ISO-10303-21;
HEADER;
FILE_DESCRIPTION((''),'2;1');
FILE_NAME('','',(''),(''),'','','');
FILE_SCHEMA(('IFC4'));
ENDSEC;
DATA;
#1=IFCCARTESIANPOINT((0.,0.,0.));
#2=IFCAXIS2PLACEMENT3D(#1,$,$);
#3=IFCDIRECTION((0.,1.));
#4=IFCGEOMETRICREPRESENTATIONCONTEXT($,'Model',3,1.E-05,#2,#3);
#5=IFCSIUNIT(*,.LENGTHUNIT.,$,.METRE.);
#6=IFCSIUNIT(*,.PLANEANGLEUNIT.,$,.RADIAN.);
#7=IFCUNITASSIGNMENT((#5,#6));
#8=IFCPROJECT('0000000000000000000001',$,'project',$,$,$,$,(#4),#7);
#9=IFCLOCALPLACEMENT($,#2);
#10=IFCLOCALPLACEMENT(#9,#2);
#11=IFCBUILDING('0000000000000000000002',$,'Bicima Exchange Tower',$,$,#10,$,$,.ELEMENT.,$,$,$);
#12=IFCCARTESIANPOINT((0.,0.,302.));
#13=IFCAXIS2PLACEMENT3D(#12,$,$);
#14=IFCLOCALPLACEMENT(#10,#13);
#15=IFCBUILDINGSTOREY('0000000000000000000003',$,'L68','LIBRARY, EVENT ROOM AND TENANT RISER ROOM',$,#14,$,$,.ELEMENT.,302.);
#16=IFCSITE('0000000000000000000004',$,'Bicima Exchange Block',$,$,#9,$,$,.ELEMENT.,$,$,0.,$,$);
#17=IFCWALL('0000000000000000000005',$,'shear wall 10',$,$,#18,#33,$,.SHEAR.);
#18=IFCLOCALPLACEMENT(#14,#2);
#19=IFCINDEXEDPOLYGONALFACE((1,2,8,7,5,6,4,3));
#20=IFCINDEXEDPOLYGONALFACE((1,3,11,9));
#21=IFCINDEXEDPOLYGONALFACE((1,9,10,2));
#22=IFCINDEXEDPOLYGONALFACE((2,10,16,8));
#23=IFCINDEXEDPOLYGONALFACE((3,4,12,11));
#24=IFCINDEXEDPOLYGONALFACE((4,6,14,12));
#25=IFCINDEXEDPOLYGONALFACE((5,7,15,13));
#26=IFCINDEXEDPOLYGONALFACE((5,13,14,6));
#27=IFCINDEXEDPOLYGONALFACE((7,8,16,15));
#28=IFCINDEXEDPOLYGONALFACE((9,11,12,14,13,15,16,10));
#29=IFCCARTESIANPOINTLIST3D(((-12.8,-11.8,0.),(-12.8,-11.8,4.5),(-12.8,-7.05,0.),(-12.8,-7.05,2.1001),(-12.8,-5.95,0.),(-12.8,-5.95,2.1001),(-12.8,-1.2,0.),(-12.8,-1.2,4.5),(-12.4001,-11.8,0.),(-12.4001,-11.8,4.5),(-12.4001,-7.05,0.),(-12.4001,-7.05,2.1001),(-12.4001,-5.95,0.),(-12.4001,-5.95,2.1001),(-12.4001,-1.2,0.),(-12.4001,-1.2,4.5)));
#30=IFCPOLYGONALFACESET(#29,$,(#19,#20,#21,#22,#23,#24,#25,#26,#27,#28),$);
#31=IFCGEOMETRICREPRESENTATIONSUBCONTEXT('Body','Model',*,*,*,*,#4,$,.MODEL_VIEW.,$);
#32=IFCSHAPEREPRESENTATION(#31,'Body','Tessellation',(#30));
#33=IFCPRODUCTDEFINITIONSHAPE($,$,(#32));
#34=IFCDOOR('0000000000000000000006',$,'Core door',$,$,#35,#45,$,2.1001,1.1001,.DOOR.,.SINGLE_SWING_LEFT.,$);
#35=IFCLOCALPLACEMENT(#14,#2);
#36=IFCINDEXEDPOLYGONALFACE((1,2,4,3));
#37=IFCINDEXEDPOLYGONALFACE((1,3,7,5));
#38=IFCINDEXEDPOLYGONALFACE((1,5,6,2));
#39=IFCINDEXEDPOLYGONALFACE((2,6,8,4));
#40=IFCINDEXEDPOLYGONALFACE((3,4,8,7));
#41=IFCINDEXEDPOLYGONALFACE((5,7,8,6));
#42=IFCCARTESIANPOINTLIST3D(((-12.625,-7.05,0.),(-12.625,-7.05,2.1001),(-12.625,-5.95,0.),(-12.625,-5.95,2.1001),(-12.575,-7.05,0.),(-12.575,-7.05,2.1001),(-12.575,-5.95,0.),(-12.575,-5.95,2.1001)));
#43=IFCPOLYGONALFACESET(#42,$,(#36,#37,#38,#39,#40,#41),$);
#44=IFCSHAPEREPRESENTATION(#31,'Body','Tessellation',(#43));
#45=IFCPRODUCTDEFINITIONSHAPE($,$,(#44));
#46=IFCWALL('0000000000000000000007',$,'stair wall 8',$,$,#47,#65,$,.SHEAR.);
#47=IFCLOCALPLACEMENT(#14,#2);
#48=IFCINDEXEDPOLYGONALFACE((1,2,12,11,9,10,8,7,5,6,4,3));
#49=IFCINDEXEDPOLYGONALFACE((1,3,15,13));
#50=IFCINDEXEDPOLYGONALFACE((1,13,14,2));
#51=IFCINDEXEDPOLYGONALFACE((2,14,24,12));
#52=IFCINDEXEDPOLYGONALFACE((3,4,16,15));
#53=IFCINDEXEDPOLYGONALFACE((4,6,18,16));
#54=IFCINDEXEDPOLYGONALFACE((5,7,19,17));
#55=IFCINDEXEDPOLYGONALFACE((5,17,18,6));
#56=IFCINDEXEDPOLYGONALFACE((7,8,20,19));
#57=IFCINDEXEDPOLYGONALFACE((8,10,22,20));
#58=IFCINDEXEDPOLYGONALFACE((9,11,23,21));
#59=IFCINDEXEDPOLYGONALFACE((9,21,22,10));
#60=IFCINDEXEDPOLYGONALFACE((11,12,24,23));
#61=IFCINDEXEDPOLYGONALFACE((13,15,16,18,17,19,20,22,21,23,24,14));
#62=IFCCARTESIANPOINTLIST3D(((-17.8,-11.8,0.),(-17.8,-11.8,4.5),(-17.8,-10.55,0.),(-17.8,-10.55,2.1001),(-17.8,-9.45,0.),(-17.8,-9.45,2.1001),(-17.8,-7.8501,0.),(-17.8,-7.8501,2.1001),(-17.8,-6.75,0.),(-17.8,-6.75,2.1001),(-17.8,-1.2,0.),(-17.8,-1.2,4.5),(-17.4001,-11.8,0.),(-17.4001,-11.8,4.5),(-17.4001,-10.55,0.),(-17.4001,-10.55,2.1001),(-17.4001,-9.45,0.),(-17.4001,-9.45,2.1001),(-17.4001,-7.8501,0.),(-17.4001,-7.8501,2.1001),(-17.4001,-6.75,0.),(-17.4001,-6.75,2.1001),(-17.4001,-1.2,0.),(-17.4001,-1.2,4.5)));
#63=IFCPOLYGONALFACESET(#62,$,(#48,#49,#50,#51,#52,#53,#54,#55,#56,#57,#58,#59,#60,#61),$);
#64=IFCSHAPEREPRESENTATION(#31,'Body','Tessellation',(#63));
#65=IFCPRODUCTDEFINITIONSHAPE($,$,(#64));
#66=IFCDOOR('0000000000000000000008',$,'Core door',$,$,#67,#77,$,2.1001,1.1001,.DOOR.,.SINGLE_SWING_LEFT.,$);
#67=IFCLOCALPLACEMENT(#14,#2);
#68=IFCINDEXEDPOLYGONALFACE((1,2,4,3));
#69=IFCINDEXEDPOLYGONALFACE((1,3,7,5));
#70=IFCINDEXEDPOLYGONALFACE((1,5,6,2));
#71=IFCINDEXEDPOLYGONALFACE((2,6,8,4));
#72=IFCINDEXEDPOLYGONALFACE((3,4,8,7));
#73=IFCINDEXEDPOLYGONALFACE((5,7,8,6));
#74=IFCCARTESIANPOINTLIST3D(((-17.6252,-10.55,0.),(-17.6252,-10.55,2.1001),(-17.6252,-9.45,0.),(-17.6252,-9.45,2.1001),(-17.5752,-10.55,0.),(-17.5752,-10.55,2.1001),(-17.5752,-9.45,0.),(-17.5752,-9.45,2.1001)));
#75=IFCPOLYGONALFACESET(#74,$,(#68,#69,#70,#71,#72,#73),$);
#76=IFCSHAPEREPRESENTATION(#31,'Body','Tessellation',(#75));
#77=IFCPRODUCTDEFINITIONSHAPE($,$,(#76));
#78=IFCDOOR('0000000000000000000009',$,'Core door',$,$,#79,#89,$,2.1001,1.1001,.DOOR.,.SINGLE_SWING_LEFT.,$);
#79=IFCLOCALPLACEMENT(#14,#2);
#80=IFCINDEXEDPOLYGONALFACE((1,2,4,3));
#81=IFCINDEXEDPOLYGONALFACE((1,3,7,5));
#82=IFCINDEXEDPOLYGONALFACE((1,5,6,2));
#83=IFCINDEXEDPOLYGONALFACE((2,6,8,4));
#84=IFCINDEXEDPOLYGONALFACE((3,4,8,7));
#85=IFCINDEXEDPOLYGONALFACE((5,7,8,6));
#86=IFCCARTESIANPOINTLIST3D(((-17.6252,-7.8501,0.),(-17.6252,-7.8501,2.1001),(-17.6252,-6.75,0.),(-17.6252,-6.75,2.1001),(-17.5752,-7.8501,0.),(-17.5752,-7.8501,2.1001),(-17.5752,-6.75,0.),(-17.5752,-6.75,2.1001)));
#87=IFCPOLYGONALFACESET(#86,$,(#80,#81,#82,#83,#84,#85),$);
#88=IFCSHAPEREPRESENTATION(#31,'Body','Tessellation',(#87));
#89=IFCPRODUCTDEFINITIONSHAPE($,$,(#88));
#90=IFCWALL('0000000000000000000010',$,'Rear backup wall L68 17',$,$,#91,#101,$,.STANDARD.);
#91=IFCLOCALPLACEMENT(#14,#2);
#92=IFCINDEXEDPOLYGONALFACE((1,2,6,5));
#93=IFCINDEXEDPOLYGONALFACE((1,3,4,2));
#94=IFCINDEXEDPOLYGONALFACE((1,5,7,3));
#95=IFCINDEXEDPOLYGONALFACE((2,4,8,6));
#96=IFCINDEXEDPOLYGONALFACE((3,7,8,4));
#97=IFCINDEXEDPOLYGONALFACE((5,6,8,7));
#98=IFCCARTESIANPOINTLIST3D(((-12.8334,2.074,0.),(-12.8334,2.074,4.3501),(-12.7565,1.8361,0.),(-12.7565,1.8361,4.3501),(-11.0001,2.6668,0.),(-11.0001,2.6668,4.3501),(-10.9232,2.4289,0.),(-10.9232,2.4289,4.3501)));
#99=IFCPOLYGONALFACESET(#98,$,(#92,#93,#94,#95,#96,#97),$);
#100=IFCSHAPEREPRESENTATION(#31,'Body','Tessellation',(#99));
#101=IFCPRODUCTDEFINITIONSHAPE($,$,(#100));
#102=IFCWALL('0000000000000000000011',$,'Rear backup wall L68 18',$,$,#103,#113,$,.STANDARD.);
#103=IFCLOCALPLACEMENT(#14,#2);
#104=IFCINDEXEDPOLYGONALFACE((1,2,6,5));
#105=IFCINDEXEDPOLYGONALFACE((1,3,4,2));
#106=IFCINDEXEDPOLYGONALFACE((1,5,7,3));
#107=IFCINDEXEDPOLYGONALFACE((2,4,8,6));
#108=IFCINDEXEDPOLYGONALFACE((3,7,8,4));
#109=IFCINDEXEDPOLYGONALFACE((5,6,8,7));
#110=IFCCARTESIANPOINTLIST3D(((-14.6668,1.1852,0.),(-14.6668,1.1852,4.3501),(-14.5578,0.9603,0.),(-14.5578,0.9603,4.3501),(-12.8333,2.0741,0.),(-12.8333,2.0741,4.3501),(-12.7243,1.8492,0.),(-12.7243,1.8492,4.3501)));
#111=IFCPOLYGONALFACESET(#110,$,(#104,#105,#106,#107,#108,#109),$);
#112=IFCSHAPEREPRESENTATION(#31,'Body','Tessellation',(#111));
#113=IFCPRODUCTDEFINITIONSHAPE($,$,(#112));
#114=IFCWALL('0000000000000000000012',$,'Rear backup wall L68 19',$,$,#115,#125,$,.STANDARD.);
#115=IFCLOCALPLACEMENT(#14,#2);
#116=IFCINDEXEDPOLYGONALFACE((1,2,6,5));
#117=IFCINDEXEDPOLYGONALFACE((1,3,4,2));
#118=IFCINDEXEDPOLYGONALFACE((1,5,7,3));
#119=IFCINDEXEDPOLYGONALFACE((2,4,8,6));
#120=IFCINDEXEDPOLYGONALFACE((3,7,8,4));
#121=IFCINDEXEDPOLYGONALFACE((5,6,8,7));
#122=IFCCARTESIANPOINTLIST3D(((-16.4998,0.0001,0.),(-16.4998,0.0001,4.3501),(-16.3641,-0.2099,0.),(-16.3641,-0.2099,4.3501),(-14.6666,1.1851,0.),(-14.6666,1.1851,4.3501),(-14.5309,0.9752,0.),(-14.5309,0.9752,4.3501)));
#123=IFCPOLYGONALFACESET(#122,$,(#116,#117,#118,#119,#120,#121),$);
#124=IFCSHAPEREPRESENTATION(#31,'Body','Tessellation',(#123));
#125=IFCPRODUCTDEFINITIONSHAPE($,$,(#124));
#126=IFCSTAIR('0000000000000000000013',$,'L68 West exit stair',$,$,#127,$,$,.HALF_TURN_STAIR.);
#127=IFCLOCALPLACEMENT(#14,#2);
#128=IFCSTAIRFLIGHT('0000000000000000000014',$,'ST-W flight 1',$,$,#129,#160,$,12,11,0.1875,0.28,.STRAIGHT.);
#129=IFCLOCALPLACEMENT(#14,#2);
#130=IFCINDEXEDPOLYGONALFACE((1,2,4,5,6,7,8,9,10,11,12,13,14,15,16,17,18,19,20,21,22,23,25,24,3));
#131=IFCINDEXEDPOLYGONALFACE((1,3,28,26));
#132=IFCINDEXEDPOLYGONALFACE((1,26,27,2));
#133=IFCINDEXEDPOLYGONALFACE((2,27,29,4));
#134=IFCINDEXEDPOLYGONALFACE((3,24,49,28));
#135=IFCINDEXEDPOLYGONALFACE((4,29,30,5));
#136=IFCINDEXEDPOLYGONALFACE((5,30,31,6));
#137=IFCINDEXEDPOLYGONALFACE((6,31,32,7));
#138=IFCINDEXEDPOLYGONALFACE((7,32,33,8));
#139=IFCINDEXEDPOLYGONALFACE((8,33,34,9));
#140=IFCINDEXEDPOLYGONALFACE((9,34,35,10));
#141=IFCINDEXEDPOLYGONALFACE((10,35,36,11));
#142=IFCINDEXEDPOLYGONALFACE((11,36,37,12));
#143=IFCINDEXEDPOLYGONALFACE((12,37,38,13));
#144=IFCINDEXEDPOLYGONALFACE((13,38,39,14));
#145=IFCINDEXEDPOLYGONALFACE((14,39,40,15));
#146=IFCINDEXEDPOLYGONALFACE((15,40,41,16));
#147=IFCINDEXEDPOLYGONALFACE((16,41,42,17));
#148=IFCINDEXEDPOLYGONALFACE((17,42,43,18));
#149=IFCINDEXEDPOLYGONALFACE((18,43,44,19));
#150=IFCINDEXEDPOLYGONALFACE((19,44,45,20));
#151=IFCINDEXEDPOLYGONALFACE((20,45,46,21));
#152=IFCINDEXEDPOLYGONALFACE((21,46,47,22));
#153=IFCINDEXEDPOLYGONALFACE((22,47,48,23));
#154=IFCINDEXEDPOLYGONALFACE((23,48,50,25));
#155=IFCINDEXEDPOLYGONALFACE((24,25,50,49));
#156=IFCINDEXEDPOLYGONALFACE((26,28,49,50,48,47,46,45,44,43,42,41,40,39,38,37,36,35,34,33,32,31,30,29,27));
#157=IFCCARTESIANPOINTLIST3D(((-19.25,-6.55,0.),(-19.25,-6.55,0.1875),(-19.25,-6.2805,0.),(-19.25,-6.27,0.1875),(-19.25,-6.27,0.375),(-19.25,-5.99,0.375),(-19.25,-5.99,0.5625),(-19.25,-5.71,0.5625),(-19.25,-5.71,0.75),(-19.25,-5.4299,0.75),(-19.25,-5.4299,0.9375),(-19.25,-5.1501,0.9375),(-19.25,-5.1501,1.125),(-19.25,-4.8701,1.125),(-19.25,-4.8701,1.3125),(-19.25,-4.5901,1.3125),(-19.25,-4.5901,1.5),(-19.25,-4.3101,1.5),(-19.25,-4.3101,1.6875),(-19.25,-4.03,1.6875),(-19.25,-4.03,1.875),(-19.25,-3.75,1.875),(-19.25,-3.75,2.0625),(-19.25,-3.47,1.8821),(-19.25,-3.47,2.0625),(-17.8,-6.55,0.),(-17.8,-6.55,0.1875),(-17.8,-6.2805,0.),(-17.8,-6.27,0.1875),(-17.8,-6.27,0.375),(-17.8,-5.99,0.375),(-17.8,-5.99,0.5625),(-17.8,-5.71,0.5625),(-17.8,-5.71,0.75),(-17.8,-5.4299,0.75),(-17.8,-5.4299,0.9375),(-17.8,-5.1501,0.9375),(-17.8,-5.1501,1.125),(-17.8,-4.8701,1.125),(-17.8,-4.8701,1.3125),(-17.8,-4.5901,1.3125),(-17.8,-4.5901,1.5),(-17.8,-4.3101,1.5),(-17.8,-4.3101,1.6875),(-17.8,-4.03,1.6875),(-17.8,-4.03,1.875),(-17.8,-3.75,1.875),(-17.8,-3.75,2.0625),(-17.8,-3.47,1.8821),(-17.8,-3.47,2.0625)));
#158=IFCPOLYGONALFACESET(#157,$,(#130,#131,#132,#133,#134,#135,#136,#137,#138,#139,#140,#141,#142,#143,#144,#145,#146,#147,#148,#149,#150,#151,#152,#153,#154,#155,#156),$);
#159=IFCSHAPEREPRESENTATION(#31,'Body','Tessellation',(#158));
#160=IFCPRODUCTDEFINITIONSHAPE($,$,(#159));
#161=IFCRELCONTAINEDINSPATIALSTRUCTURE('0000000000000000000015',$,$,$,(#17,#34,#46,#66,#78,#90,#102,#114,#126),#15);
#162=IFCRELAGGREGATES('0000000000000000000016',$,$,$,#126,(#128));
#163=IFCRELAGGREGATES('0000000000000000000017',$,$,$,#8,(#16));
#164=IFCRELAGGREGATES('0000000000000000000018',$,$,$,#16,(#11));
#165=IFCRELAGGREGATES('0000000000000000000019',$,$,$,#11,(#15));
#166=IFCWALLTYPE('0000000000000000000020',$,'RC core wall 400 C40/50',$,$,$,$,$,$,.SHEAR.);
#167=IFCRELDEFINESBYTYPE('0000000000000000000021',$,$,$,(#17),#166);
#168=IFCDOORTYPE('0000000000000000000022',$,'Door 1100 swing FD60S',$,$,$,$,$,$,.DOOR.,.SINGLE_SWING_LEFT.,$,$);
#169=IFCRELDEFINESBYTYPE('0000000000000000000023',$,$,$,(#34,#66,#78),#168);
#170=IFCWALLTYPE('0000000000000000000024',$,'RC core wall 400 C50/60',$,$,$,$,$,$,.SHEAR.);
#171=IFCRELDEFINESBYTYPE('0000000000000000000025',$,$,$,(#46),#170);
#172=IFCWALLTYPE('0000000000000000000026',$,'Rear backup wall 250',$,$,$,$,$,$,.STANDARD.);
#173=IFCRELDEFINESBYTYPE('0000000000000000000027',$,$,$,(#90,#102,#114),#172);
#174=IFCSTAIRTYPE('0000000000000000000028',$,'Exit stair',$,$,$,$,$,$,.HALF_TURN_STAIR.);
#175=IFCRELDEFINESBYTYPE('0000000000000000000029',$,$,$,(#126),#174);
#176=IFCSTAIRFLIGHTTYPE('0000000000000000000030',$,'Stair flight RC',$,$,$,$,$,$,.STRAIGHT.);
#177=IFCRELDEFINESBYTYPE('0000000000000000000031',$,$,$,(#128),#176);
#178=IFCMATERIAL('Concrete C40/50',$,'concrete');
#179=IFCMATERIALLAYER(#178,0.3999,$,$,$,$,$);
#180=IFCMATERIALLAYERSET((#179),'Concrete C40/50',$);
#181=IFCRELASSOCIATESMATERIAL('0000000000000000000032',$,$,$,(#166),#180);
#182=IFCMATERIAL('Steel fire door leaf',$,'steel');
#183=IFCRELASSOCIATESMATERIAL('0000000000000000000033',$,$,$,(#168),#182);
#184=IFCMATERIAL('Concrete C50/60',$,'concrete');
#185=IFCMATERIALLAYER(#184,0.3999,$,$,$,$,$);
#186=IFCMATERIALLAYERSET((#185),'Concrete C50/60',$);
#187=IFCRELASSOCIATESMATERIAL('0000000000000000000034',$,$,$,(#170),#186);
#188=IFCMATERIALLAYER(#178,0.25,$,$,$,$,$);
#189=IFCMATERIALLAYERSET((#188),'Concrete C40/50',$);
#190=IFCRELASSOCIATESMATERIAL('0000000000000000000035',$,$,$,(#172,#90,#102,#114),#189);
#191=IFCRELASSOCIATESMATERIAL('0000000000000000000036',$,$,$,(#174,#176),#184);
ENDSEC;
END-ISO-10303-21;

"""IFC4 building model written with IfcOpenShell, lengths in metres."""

from ifc_helpers import new_model, si_unit, direction, frame, frame_2d, origin, place, context, subcontext, project, spatial, polyline, rectangle, outline, extrude, material, layer, layer_set, layer_usage, type_object, element, fill, aggregate, save


model = new_model("IFC4")

# Units and contexts
model_context = context("Model", 3, precision=1e-05, world=origin(), true_north=direction((0.0, 1.0)))
body_context = subcontext(model_context, "Body", "Model", "MODEL_VIEW")
ifc_project = project(units=[si_unit("LENGTHUNIT", "METRE"), si_unit("PLANEANGLEUNIT", "RADIAN")], contexts=[model_context])

# Site, building, storey
site_placement = place(None, origin())
site = spatial("IfcSite", under=ifc_project, at=site_placement, Name="Bicima Exchange Block", CompositionType="ELEMENT", RefElevation=0.0)
building_placement = place(site_placement, origin())
building = spatial("IfcBuilding", under=site, at=building_placement, Name="Bicima Exchange Tower", CompositionType="ELEMENT")
storey_placement = place(building_placement, frame((0.0, 0.0, 302.0)))
storey = spatial("IfcBuildingStorey", under=building, at=storey_placement, Name="L68", Description="LIBRARY, EVENT ROOM AND TENANT RISER ROOM", CompositionType="ELEMENT", Elevation=302.0)

# Shared definitions
ifc_material_1 = material(Name="Concrete C40/50", Category="concrete")
ifc_layer_1 = layer(ifc_material_1, 0.3999)
ifc_layer_set_1 = layer_set([ifc_layer_1], Name="Concrete C40/50")
wall_type_1 = type_object("IfcWallType", Name="RC core wall 400 C40/50", PredefinedType="SHEAR", material=ifc_layer_set_1)

# Shared definitions
ifc_material_2 = material(Name="Steel fire door leaf", Category="steel")

# Wall, opening, door
wall_1_placement = place(storey_placement, frame((-12.6001, -11.8, 0.0), z_axis=(0.0, 0.0, 1.0), x_axis=(0.0, 1.0, 0.0)))
wall_1 = element("IfcWall", 1, at=wall_1_placement, inside=storey, type_object=wall_type_1, Name="shear wall 10", PredefinedType="SHEAR", context=body_context, shape_type="SweptSolid", body=[
    extrude(rectangle(XDim=10.6001, YDim=0.3999, at=frame_2d((5.3, 0.0))), origin(), (0.0, 0.0, 1.0), 4.5),
])
opening_1_placement = place(wall_1_placement, frame((4.75, 0.0, 0.0)))
opening_1 = element("IfcOpeningElement", 2, at=opening_1_placement, cuts=wall_1, PredefinedType="OPENING", context=body_context, shape_type="SweptSolid", body=[
    extrude(rectangle(XDim=1.1001, YDim=2.1001, at=frame_2d((0.55, 1.05))), frame((0.0, 0.2119, 0.0), z_axis=(0.0, -1.0, 0.0), x_axis=(1.0, 0.0, 0.0)), (0.0, 0.0, 1.0), 0.4238),
])
door_type_1 = type_object("IfcDoorType", Name="Door 1100 swing FD60S", OperationType="SINGLE_SWING_LEFT", PredefinedType="DOOR", material=ifc_material_2)
door_1_placement = place(opening_1_placement, origin())
door_1 = element("IfcDoor", 3, at=door_1_placement, inside=storey, type_object=door_type_1, Name="Core door", OperationType="SINGLE_SWING_LEFT", OverallHeight=2.1001, OverallWidth=1.1001, PredefinedType="DOOR", context=body_context, shape_type="SweptSolid", body=[
    extrude(rectangle(XDim=1.1001, YDim=2.1001, at=frame_2d((0.55, 1.05))), frame((0.0, 0.0249, 0.0), z_axis=(0.0, -1.0, 0.0), x_axis=(1.0, 0.0, 0.0)), (0.0, 0.0, 1.0), 0.05),
])
fill(opening_1, door_1)

# Wall, openings, doors
ifc_material_3 = material(Name="Concrete C50/60", Category="concrete")
ifc_layer_2 = layer(ifc_material_3, 0.3999)
ifc_layer_set_2 = layer_set([ifc_layer_2], Name="Concrete C50/60")
wall_type_2 = type_object("IfcWallType", Name="RC core wall 400 C50/60", PredefinedType="SHEAR", material=ifc_layer_set_2)
wall_2_placement = place(storey_placement, frame((-17.6001, -11.8, 0.0), z_axis=(0.0, 0.0, 1.0), x_axis=(0.0, 1.0, 0.0)))
wall_2 = element("IfcWall", 4, at=wall_2_placement, inside=storey, type_object=wall_type_2, Name="stair wall 8", PredefinedType="SHEAR", context=body_context, shape_type="SweptSolid", body=[
    extrude(rectangle(XDim=10.6001, YDim=0.3999, at=frame_2d((5.3, 0.0))), origin(), (0.0, 0.0, 1.0), 4.5),
])
opening_2_placement = place(wall_2_placement, frame((1.25, 0.0, 0.0)))
opening_2 = element("IfcOpeningElement", 5, at=opening_2_placement, cuts=wall_2, PredefinedType="OPENING", context=body_context, shape_type="SweptSolid", body=[
    extrude(rectangle(XDim=1.1001, YDim=2.1001, at=frame_2d((0.55, 1.05))), frame((0.0, 0.2119, 0.0), z_axis=(0.0, -1.0, 0.0), x_axis=(1.0, 0.0, 0.0)), (0.0, 0.0, 1.0), 0.4238),
])
opening_3_placement = place(wall_2_placement, frame((3.95, 0.0, 0.0)))
opening_3 = element("IfcOpeningElement", 6, at=opening_3_placement, cuts=wall_2, PredefinedType="OPENING", context=body_context, shape_type="SweptSolid", body=[
    extrude(rectangle(XDim=1.1001, YDim=2.1001, at=frame_2d((0.55, 1.05))), frame((0.0, 0.2119, 0.0), z_axis=(0.0, -1.0, 0.0), x_axis=(1.0, 0.0, 0.0)), (0.0, 0.0, 1.0), 0.4238),
])
door_2_placement = place(opening_2_placement, frame((1.1001, 0.0, 0.0), z_axis=(0.0, 0.0, 1.0), x_axis=(-1.0, 0.0, 0.0)))
door_2 = element("IfcDoor", 7, at=door_2_placement, inside=storey, type_object=door_type_1, Name="Core door", OperationType="SINGLE_SWING_LEFT", OverallHeight=2.1001, OverallWidth=1.1001, PredefinedType="DOOR", context=body_context, shape_type="SweptSolid", body=[
    extrude(rectangle(XDim=1.1001, YDim=2.1001, at=frame_2d((0.55, 1.05))), frame((0.0, 0.0249, 0.0), z_axis=(0.0, -1.0, 0.0), x_axis=(1.0, 0.0, 0.0)), (0.0, 0.0, 1.0), 0.05),
])
fill(opening_2, door_2)
door_3_placement = place(opening_3_placement, frame((1.1001, 0.0, 0.0), z_axis=(0.0, 0.0, 1.0), x_axis=(-1.0, 0.0, 0.0)))
door_3 = element("IfcDoor", 8, at=door_3_placement, inside=storey, type_object=door_type_1, Name="Core door", OperationType="SINGLE_SWING_LEFT", OverallHeight=2.1001, OverallWidth=1.1001, PredefinedType="DOOR", context=body_context, shape_type="SweptSolid", body=[
    extrude(rectangle(XDim=1.1001, YDim=2.1001, at=frame_2d((0.55, 1.05))), frame((0.0, 0.0249, 0.0), z_axis=(0.0, -1.0, 0.0), x_axis=(1.0, 0.0, 0.0)), (0.0, 0.0, 1.0), 0.05),
])
fill(opening_3, door_3)

# Walls
ifc_layer_3 = layer(ifc_material_1, 0.25)
ifc_layer_set_3 = layer_set([ifc_layer_3], Name="Concrete C40/50")
ifc_layer_usage = layer_usage(ifc_layer_set_3, "AXIS2", "POSITIVE", -0.125)
wall_type_3 = type_object("IfcWallType", Name="Rear backup wall 250", PredefinedType="STANDARD", material=ifc_layer_set_3)
wall_3_placement = place(storey_placement, frame((-10.9617, 2.5479, 0.0), z_axis=(0.0, 0.0, 1.0), x_axis=(-0.951496, -0.307662, 0.0)))
element("IfcWall", 9, at=wall_3_placement, inside=storey, type_object=wall_type_3, material=ifc_layer_usage, Name="Rear backup wall L68 17", PredefinedType="STANDARD", context=body_context, shape_type="SweptSolid", body=[
    extrude(rectangle(XDim=1.9268, YDim=0.25, at=frame_2d((0.9634, 0.0))), origin(), (0.0, 0.0, 1.0), 4.3501),
])
wall_4_placement = place(storey_placement, frame((-12.7788, 1.9617, 0.0), z_axis=(0.0, 0.0, 1.0), x_axis=(-0.899824, -0.436253, 0.0)))
element("IfcWall", 10, at=wall_4_placement, inside=storey, type_object=wall_type_3, material=ifc_layer_usage, Name="Rear backup wall L68 18", PredefinedType="STANDARD", context=body_context, shape_type="SweptSolid", body=[
    extrude(rectangle(XDim=2.0376, YDim=0.25, at=frame_2d((1.0188, 0.0))), origin(), (0.0, 0.0, 1.0), 4.3501),
])
wall_5_placement = place(storey_placement, frame((-14.5989, 1.0801, 0.0), z_axis=(0.0, 0.0, 1.0), x_axis=(-0.839813, -0.542876, 0.0)))
element("IfcWall", 11, at=wall_5_placement, inside=storey, type_object=wall_type_3, material=ifc_layer_usage, Name="Rear backup wall L68 19", PredefinedType="STANDARD", context=body_context, shape_type="SweptSolid", body=[
    extrude(rectangle(XDim=2.1829, YDim=0.25, at=frame_2d((1.0913, 0.0))), origin(), (0.0, 0.0, 1.0), 4.3501),
])

# Stair, stair flight
stair_type = type_object("IfcStairType", Name="Exit stair", PredefinedType="HALF_TURN_STAIR", material=ifc_material_3)
stair_placement = place(storey_placement, origin())
stair = element("IfcStair", 12, at=stair_placement, inside=storey, type_object=stair_type, Name="L68 West exit stair", PredefinedType="HALF_TURN_STAIR")
stair_flight_type = type_object("IfcStairFlightType", Name="Stair flight RC", PredefinedType="STRAIGHT", material=ifc_material_3)
stair_flight_1_placement = place(storey_placement, frame((-18.5249, -6.55, 0.0), z_axis=(0.0, 0.0, 1.0), x_axis=(0.0, 1.0, 0.0)))
stair_flight_1 = element("IfcStairFlight", 13, at=stair_flight_1_placement, type_object=stair_flight_type, Name="ST-W flight 1", NumberOfRisers=12, NumberOfTreads=11, PredefinedType="STRAIGHT", RiserHeight=0.1875, TreadLength=0.28, context=body_context, shape_type="SweptSolid", body=[
    extrude(outline(polyline([(0.0, 0.0), (0.0, 0.1875), (0.28, 0.1875), (0.28, 0.375), (0.5601, 0.375), (0.5601, 0.5625), (0.8401, 0.5625), (0.8401, 0.75), (1.1201, 0.75), (1.1201, 0.9375), (1.3999, 0.9375), (1.3999, 1.125), (1.6799, 1.125), (1.6799, 1.3125), (1.96, 1.3125), (1.96, 1.5), (2.24, 1.5), (2.24, 1.6875), (2.52, 1.6875), (2.52, 1.875), (2.8, 1.875), (2.8, 2.0625), (3.0801, 2.0625), (3.0801, 2.25), (3.0801, 1.8821), (0.2695, 0.0), (0.0, 0.0)])), frame((0.0, 0.7251, 0.0), z_axis=(0.0, -1.0, 0.0), x_axis=(1.0, 0.0, 0.0)), (0.0, 0.0, 1.0), 1.45),
])
aggregate(stair, [stair_flight_1])

save(model, "model.ifc")
